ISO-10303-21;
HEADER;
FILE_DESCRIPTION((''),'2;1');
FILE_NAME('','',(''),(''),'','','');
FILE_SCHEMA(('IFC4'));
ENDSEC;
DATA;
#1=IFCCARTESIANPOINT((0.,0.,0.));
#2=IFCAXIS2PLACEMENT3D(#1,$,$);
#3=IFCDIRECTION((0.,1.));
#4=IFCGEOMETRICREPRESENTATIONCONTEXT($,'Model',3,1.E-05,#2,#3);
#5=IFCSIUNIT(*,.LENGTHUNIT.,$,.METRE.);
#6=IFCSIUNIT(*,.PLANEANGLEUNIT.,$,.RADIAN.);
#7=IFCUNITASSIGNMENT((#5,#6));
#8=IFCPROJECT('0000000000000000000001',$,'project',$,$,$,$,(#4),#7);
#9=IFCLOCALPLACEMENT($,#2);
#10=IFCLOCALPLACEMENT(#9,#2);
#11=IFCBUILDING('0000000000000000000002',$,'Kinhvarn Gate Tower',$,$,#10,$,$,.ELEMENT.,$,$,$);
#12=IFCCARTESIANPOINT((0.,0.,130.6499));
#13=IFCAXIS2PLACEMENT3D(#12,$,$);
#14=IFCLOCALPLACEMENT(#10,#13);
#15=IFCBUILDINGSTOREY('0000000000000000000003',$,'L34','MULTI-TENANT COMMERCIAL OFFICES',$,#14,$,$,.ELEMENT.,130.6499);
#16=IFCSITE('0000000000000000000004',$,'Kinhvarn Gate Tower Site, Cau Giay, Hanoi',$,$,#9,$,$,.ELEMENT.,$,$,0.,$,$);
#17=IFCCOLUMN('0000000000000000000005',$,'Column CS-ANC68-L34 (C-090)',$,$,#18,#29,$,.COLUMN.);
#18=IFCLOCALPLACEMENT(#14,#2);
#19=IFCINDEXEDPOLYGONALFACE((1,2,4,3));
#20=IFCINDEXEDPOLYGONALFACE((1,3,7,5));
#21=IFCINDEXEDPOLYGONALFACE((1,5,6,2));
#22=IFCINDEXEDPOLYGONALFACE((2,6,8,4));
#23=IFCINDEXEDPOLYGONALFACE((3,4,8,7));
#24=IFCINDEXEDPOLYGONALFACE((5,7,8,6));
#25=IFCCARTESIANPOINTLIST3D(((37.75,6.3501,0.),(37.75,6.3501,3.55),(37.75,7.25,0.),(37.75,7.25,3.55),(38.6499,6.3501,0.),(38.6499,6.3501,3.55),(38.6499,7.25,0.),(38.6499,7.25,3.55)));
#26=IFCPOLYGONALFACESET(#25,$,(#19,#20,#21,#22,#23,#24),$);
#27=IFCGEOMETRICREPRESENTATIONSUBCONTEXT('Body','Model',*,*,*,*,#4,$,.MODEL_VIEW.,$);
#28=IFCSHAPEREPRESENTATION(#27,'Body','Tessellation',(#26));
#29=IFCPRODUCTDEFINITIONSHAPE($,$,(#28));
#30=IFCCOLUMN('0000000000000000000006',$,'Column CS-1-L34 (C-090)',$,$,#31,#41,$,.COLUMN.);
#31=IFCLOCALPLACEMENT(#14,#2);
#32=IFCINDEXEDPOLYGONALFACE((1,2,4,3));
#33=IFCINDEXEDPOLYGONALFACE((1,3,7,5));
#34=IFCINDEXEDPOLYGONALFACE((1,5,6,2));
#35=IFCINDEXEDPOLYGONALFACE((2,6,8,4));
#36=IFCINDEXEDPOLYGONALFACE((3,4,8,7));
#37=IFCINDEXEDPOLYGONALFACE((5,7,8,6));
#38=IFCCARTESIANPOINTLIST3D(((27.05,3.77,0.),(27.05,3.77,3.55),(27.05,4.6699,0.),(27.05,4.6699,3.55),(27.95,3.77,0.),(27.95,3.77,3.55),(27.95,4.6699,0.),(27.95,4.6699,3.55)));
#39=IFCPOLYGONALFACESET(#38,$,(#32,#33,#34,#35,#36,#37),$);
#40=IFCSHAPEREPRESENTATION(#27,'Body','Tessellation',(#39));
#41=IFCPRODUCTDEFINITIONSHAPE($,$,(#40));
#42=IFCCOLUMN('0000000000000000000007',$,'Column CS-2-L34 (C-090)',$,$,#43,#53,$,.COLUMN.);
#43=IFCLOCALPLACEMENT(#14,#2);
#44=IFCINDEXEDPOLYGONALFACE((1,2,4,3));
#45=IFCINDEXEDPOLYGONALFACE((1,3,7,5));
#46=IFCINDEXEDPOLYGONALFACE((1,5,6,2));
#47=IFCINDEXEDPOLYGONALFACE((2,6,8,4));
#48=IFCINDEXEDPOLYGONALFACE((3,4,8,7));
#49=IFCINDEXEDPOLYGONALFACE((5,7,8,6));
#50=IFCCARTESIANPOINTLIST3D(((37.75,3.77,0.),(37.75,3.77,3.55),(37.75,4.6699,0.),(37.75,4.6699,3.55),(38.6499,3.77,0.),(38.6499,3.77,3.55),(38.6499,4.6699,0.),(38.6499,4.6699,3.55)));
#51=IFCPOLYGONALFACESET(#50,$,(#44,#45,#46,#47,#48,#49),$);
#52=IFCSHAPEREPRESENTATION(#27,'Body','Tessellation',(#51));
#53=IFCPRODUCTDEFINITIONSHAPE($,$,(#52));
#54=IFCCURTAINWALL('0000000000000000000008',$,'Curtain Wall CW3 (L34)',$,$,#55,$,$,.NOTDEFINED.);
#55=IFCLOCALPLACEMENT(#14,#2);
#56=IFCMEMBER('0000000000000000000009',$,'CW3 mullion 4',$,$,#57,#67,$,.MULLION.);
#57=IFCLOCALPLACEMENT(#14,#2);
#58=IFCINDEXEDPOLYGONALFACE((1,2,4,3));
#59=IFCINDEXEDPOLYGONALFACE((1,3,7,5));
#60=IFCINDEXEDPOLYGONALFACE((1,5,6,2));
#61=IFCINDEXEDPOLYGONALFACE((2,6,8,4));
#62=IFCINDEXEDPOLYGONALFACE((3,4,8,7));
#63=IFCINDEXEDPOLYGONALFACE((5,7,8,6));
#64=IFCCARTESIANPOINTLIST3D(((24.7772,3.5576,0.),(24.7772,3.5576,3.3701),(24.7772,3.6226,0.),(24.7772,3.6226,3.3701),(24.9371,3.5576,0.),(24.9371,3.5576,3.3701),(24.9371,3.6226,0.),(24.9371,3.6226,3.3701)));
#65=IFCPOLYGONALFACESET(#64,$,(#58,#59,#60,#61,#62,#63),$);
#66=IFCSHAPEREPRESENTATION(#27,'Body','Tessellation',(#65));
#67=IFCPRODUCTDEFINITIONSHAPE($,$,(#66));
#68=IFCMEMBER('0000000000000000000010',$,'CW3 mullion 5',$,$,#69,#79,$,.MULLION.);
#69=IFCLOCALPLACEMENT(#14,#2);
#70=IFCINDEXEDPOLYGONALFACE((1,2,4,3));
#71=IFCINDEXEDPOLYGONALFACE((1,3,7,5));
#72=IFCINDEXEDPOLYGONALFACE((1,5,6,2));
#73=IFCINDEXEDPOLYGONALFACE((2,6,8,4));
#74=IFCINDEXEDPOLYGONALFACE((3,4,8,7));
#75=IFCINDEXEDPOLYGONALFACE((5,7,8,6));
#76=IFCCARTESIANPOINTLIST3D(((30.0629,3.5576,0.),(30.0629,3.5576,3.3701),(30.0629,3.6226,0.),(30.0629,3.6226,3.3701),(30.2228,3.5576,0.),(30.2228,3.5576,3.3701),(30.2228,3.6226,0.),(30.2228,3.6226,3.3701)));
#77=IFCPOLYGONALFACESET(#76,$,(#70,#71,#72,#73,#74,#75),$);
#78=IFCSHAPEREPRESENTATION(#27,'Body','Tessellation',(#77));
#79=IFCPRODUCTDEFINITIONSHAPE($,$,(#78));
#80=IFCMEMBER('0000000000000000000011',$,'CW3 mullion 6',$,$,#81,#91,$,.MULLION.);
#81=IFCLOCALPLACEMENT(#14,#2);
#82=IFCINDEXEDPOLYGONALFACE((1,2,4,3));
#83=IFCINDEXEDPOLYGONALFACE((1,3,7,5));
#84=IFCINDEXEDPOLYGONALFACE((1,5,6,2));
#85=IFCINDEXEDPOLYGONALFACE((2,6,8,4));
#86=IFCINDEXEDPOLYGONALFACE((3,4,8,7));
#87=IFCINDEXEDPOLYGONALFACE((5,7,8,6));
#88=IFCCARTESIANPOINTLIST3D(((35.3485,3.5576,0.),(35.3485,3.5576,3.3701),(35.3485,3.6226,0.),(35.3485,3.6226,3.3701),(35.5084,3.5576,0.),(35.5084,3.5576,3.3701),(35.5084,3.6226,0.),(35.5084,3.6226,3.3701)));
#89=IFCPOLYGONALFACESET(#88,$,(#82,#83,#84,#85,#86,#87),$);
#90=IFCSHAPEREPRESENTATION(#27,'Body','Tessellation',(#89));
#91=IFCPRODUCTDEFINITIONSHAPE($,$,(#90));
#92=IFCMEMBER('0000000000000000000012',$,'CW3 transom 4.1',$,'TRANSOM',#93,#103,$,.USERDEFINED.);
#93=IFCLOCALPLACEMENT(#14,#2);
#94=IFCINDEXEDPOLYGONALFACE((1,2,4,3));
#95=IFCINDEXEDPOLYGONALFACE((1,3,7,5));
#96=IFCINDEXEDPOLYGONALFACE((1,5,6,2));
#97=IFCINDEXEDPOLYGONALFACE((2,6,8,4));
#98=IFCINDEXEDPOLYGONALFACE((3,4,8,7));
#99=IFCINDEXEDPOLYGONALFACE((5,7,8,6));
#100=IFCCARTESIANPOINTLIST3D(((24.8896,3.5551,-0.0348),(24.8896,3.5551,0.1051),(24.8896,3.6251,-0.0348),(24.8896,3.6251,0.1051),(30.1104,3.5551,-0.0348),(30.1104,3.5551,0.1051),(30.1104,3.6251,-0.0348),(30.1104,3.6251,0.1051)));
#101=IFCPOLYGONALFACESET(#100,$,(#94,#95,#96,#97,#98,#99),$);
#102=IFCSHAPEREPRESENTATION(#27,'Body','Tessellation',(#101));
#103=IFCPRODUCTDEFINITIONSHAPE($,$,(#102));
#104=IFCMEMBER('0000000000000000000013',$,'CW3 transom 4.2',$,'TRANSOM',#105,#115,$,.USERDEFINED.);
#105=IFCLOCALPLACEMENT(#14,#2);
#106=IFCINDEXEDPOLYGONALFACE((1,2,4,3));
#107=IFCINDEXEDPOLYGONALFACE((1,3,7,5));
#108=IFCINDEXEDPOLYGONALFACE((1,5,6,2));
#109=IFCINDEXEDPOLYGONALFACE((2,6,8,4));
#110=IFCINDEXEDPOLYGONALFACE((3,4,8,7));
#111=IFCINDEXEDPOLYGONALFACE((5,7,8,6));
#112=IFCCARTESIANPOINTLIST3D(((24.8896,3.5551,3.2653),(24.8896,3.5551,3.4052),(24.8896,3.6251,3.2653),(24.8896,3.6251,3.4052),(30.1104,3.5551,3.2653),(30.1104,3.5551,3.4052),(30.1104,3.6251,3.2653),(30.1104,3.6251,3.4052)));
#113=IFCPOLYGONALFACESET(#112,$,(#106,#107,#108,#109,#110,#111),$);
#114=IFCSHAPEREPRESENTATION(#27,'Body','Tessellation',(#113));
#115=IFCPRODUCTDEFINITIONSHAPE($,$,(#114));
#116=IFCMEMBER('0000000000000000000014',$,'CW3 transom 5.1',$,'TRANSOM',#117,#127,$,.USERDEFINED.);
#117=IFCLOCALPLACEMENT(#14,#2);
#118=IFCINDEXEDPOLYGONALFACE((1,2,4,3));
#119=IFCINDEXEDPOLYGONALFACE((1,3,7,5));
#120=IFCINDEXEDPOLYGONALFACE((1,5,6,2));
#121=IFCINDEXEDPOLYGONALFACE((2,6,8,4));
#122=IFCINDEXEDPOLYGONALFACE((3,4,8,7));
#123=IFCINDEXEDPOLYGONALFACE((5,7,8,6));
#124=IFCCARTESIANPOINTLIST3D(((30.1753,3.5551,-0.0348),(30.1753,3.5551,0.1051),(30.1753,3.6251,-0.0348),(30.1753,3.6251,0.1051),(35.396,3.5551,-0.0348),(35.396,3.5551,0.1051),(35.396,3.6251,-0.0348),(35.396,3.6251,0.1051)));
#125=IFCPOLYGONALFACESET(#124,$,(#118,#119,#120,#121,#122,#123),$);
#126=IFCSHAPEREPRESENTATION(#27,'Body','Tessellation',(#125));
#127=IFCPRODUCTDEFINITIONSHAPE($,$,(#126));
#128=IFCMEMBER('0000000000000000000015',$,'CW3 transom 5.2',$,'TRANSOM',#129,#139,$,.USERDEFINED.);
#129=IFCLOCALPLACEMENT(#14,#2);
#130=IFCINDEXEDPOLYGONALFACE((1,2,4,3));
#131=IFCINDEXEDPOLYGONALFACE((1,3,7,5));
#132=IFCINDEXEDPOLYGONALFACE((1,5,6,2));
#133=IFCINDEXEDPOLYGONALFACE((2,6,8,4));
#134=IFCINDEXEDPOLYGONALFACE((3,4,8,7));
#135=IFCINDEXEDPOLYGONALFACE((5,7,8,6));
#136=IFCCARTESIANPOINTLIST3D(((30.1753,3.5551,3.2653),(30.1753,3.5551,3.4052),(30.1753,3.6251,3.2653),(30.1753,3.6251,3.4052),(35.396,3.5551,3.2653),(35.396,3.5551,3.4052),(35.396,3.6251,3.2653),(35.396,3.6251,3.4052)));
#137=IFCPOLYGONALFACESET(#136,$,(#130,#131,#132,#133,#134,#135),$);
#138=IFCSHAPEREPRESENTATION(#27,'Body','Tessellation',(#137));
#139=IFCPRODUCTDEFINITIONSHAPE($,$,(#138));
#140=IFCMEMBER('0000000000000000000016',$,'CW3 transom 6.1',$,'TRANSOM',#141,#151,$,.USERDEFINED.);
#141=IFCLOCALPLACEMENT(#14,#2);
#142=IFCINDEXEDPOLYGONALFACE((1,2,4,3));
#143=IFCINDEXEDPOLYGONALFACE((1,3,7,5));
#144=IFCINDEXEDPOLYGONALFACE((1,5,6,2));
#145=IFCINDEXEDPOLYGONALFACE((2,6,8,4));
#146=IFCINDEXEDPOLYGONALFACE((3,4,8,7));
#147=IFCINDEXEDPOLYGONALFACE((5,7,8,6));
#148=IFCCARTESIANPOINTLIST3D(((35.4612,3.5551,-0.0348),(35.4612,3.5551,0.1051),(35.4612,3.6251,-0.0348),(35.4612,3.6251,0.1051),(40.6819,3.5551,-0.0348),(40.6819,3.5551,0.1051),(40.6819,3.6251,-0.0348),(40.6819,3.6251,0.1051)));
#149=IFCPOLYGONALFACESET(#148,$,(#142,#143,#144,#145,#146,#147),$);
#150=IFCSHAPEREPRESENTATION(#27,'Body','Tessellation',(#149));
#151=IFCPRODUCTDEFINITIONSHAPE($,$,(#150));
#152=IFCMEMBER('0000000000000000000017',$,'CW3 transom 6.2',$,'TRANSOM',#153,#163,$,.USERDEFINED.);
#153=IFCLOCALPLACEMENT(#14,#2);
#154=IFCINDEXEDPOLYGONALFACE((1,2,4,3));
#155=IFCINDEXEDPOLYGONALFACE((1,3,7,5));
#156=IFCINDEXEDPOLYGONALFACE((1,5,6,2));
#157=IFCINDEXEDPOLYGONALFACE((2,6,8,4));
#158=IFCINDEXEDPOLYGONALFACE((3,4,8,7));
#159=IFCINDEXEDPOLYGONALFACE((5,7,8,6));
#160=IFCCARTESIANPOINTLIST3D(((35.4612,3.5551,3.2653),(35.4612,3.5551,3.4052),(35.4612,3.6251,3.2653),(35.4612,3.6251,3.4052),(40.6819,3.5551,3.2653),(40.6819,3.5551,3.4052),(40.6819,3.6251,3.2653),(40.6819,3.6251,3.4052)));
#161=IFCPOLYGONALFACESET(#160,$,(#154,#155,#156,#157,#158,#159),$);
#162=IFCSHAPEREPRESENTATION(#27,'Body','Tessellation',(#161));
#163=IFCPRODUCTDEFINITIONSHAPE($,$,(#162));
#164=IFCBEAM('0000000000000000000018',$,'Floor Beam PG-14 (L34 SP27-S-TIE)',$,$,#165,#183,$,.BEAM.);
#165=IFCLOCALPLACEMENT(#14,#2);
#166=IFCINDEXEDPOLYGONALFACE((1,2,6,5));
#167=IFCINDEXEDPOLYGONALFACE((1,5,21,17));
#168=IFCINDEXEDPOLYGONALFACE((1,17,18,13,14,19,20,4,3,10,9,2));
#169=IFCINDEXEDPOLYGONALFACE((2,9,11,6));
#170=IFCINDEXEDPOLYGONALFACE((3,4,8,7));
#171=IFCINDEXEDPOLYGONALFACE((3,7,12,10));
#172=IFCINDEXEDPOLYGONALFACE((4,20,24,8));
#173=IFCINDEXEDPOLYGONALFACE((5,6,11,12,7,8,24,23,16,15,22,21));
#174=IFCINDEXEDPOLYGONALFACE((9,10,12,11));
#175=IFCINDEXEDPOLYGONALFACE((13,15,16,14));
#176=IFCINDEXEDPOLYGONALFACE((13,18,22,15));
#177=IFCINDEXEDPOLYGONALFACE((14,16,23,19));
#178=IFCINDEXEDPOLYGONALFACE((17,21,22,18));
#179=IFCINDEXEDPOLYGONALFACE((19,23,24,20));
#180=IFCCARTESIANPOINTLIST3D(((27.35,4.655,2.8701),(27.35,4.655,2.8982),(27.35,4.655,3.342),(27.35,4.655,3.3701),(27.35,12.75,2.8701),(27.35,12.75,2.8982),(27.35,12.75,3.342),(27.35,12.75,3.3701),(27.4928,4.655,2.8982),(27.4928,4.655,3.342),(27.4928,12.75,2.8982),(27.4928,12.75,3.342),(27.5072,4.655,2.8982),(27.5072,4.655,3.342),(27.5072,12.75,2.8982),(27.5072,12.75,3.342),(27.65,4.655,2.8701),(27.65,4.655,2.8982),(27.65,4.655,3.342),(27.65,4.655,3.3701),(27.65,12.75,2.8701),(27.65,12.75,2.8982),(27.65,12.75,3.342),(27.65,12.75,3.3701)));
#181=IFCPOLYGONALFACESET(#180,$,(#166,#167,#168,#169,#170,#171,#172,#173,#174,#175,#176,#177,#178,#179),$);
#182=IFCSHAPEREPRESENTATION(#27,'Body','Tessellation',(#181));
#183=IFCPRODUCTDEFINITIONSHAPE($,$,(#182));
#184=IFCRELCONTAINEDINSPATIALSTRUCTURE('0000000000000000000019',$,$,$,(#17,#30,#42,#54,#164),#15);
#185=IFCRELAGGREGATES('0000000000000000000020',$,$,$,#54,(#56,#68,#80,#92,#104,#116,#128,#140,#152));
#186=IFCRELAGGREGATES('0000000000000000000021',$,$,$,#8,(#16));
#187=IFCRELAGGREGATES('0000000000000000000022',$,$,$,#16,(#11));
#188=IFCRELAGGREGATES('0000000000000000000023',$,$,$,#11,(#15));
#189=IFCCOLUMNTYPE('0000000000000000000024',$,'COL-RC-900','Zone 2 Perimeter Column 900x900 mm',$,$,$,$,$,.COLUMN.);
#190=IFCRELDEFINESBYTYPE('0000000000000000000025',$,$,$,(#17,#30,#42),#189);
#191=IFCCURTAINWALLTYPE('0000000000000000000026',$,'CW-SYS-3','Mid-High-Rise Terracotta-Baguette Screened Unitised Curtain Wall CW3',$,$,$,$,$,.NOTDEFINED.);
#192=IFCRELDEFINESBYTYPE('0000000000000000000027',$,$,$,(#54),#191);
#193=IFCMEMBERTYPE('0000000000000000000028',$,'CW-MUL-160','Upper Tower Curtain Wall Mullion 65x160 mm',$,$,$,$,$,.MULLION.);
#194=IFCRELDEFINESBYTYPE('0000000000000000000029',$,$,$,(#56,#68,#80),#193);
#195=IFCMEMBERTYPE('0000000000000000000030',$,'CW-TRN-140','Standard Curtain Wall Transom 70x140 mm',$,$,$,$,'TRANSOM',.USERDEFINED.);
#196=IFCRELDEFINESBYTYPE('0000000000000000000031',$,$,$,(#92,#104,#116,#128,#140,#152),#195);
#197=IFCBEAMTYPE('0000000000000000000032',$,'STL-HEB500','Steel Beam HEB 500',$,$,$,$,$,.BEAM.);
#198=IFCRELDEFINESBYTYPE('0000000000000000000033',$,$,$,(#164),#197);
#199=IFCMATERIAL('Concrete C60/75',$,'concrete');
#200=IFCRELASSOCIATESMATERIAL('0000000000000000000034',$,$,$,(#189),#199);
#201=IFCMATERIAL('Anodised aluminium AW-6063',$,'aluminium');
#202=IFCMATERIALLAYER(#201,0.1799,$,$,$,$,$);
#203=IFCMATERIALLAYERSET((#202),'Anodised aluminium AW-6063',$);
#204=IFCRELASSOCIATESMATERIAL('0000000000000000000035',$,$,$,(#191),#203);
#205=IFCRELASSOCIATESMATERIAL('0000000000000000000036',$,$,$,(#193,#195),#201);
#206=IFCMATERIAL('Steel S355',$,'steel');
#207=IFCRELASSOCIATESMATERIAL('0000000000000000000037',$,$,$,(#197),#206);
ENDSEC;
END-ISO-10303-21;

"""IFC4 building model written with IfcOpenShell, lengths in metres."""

from ifc_helpers import new_model, si_unit, direction, frame, origin, origin_2d, place, context, subcontext, project, spatial, rectangle, i_section, extrude, material, layer, layer_set, material_profile, profile_set, type_object, element, aggregate, save


model = new_model("IFC4")

# Units and contexts
model_context = context("Model", 3, precision=1e-05, world=origin(), true_north=direction((0.0, 1.0)))
body_context = subcontext(model_context, "Body", "Model", "MODEL_VIEW")
ifc_project = project(units=[si_unit("LENGTHUNIT", "METRE"), si_unit("PLANEANGLEUNIT", "RADIAN")], contexts=[model_context])

# Site, building, storey
site_placement = place(None, origin())
site = spatial("IfcSite", under=ifc_project, at=site_placement, Name="Kinhvarn Gate Tower Site, Cau Giay, Hanoi", CompositionType="ELEMENT", RefElevation=0.0)
building_placement = place(site_placement, origin())
building = spatial("IfcBuilding", under=site, at=building_placement, Name="Kinhvarn Gate Tower", CompositionType="ELEMENT")
storey_placement = place(building_placement, frame((0.0, 0.0, 130.6499)))
storey = spatial("IfcBuildingStorey", under=building, at=storey_placement, Name="L34", Description="MULTI-TENANT COMMERCIAL OFFICES", CompositionType="ELEMENT", Elevation=130.6499)

# Columns
ifc_material_1 = material(Name="Concrete C60/75", Category="concrete")
ifc_material_profile_1 = material_profile(ifc_material_1, rectangle(XDim=0.8999, YDim=0.8999, at=origin_2d()), Name="RC 900x900")
ifc_profile_set_1 = profile_set([ifc_material_profile_1], Name="Concrete C60/75")
column_type = type_object("IfcColumnType", Name="COL-RC-900", Description="Zone 2 Perimeter Column 900x900 mm", PredefinedType="COLUMN", material=ifc_profile_set_1)
for number, where, z_axis, x_axis, name in (
    (1, (38.2, 6.8, 0.0), (0.0, 0.0, 1.0), (1.0, 0.0, 0.0), "Column CS-ANC68-L34 (C-090)"),
    (2, (27.5, 4.22, 0.0), (0.0, 0.0, 1.0), (1.0, 0.0, 0.0), "Column CS-1-L34 (C-090)"),
    (3, (38.2, 4.22, 0.0), (0.0, 0.0, 1.0), (1.0, 0.0, 0.0), "Column CS-2-L34 (C-090)"),
):
    element("IfcColumn", number, at=place(storey_placement, frame(where, z_axis=z_axis, x_axis=x_axis)), inside=storey, type_object=column_type, Name=name, PredefinedType="COLUMN", context=body_context, shape_type="SweptSolid", body=[
        extrude(rectangle(XDim=0.8999, YDim=0.8999, at=origin_2d()), origin(), (0.0, 0.0, 1.0), 3.55),
    ])

# Curtain wall, members
ifc_material_2 = material(Name="Anodised aluminium AW-6063", Category="aluminium")
ifc_layer_1 = layer(ifc_material_2, 0.1799)
ifc_layer_set_1 = layer_set([ifc_layer_1], Name="Anodised aluminium AW-6063")
curtain_wall_type = type_object("IfcCurtainWallType", Name="CW-SYS-3", Description="Mid-High-Rise Terracotta-Baguette Screened Unitised Curtain Wall CW3", PredefinedType="NOTDEFINED", material=ifc_layer_set_1)
curtain_wall_placement = place(storey_placement, origin())
curtain_wall = element("IfcCurtainWall", 4, at=curtain_wall_placement, inside=storey, type_object=curtain_wall_type, Name="Curtain Wall CW3 (L34)", PredefinedType="NOTDEFINED")
ifc_material_profile_2 = material_profile(ifc_material_2, rectangle(XDim=0.0649, YDim=0.1599, at=origin_2d()), Name="ALU 65x160")
ifc_profile_set_2 = profile_set([ifc_material_profile_2], Name="Anodised aluminium AW-6063")
member_type_1 = type_object("IfcMemberType", Name="CW-MUL-160", Description="Upper Tower Curtain Wall Mullion 65x160 mm", PredefinedType="MULLION", material=ifc_profile_set_2)
member_1_placement = place(storey_placement, frame((24.8572, 3.5901, 0.0), z_axis=(0.0, 0.0, 1.0), x_axis=(0.0, 1.0, 0.0)))
member_1 = element("IfcMember", 5, at=member_1_placement, type_object=member_type_1, Name="CW3 mullion 4", PredefinedType="MULLION", context=body_context, shape_type="SweptSolid", body=[
    extrude(rectangle(XDim=0.0649, YDim=0.1599, at=origin_2d()), origin(), (0.0, 0.0, 1.0), 3.3701),
])
member_2_placement = place(storey_placement, frame((30.1428, 3.5901, 0.0), z_axis=(0.0, 0.0, 1.0), x_axis=(0.0, 1.0, 0.0)))
member_2 = element("IfcMember", 6, at=member_2_placement, type_object=member_type_1, Name="CW3 mullion 5", PredefinedType="MULLION", context=body_context, shape_type="SweptSolid", body=[
    extrude(rectangle(XDim=0.0649, YDim=0.1599, at=origin_2d()), origin(), (0.0, 0.0, 1.0), 3.3701),
])
member_3_placement = place(storey_placement, frame((35.4285, 3.5901, 0.0), z_axis=(0.0, 0.0, 1.0), x_axis=(0.0, 1.0, 0.0)))
member_3 = element("IfcMember", 7, at=member_3_placement, type_object=member_type_1, Name="CW3 mullion 6", PredefinedType="MULLION", context=body_context, shape_type="SweptSolid", body=[
    extrude(rectangle(XDim=0.0649, YDim=0.1599, at=origin_2d()), origin(), (0.0, 0.0, 1.0), 3.3701),
])
ifc_material_profile_3 = material_profile(ifc_material_2, rectangle(XDim=0.0701, YDim=0.1399, at=origin_2d()), Name="ALU 70x140")
ifc_profile_set_3 = profile_set([ifc_material_profile_3], Name="Anodised aluminium AW-6063")
member_type_2 = type_object("IfcMemberType", Name="CW-TRN-140", Description="Standard Curtain Wall Transom 70x140 mm", ElementType="TRANSOM", PredefinedType="USERDEFINED", material=ifc_profile_set_3)
member_4_placement = place(storey_placement, frame((24.8896, 3.5901, 0.0352), z_axis=(1.0, 0.0, 0.0), x_axis=(0.0, 1.0, 0.0)))
member_4 = element("IfcMember", 8, at=member_4_placement, type_object=member_type_2, Name="CW3 transom 4.1", ObjectType="TRANSOM", PredefinedType="USERDEFINED", context=body_context, shape_type="SweptSolid", body=[
    extrude(rectangle(XDim=0.0701, YDim=0.1399, at=origin_2d()), origin(), (0.0, 0.0, 1.0), 5.2207),
])
member_5_placement = place(storey_placement, frame((24.8896, 3.5901, 3.3352), z_axis=(1.0, 0.0, 0.0), x_axis=(0.0, 1.0, 0.0)))
member_5 = element("IfcMember", 9, at=member_5_placement, type_object=member_type_2, Name="CW3 transom 4.2", ObjectType="TRANSOM", PredefinedType="USERDEFINED", context=body_context, shape_type="SweptSolid", body=[
    extrude(rectangle(XDim=0.0701, YDim=0.1399, at=origin_2d()), origin(), (0.0, 0.0, 1.0), 5.2207),
])
member_6_placement = place(storey_placement, frame((30.1753, 3.5901, 0.0352), z_axis=(1.0, 0.0, 0.0), x_axis=(0.0, 1.0, 0.0)))
member_6 = element("IfcMember", 10, at=member_6_placement, type_object=member_type_2, Name="CW3 transom 5.1", ObjectType="TRANSOM", PredefinedType="USERDEFINED", context=body_context, shape_type="SweptSolid", body=[
    extrude(rectangle(XDim=0.0701, YDim=0.1399, at=origin_2d()), origin(), (0.0, 0.0, 1.0), 5.2207),
])
member_7_placement = place(storey_placement, frame((30.1753, 3.5901, 3.3352), z_axis=(1.0, 0.0, 0.0), x_axis=(0.0, 1.0, 0.0)))
member_7 = element("IfcMember", 11, at=member_7_placement, type_object=member_type_2, Name="CW3 transom 5.2", ObjectType="TRANSOM", PredefinedType="USERDEFINED", context=body_context, shape_type="SweptSolid", body=[
    extrude(rectangle(XDim=0.0701, YDim=0.1399, at=origin_2d()), origin(), (0.0, 0.0, 1.0), 5.2207),
])
member_8_placement = place(storey_placement, frame((35.4612, 3.5901, 0.0352), z_axis=(1.0, 0.0, 0.0), x_axis=(0.0, 1.0, 0.0)))
member_8 = element("IfcMember", 12, at=member_8_placement, type_object=member_type_2, Name="CW3 transom 6.1", ObjectType="TRANSOM", PredefinedType="USERDEFINED", context=body_context, shape_type="SweptSolid", body=[
    extrude(rectangle(XDim=0.0701, YDim=0.1399, at=origin_2d()), origin(), (0.0, 0.0, 1.0), 5.2207),
])
member_9_placement = place(storey_placement, frame((35.4612, 3.5901, 3.3352), z_axis=(1.0, 0.0, 0.0), x_axis=(0.0, 1.0, 0.0)))
member_9 = element("IfcMember", 13, at=member_9_placement, type_object=member_type_2, Name="CW3 transom 6.2", ObjectType="TRANSOM", PredefinedType="USERDEFINED", context=body_context, shape_type="SweptSolid", body=[
    extrude(rectangle(XDim=0.0701, YDim=0.1399, at=origin_2d()), origin(), (0.0, 0.0, 1.0), 5.2207),
])

# Beam
ifc_material_3 = material(Name="Steel S355", Category="steel")
ifc_material_profile_4 = material_profile(ifc_material_3, i_section(OverallWidth=0.3, OverallDepth=0.5, WebThickness=0.0144, FlangeThickness=0.0281, at=origin_2d()), Name="HEB 500")
ifc_profile_set_4 = profile_set([ifc_material_profile_4], Name="Steel S355")
beam_type_1 = type_object("IfcBeamType", Name="STL-HEB500", Description="Steel Beam HEB 500", PredefinedType="BEAM", material=ifc_profile_set_4)
beam_1_placement = place(storey_placement, frame((27.5, 4.655, 3.1201), z_axis=(0.0, 1.0, 0.0), x_axis=(-1.0, 0.0, 0.0)))
element("IfcBeam", 14, at=beam_1_placement, inside=storey, type_object=beam_type_1, Name="Floor Beam PG-14 (L34 SP27-S-TIE)", PredefinedType="BEAM", context=body_context, shape_type="SweptSolid", body=[
    extrude(i_section(OverallWidth=0.3, OverallDepth=0.5, WebThickness=0.0144, FlangeThickness=0.0281, at=origin_2d()), origin(), (0.0, 0.0, 1.0), 8.095),
])

aggregate(curtain_wall, [member_1, member_2, member_3, member_4, member_5, member_6, member_7, member_8, member_9])

save(model, "model.ifc")
